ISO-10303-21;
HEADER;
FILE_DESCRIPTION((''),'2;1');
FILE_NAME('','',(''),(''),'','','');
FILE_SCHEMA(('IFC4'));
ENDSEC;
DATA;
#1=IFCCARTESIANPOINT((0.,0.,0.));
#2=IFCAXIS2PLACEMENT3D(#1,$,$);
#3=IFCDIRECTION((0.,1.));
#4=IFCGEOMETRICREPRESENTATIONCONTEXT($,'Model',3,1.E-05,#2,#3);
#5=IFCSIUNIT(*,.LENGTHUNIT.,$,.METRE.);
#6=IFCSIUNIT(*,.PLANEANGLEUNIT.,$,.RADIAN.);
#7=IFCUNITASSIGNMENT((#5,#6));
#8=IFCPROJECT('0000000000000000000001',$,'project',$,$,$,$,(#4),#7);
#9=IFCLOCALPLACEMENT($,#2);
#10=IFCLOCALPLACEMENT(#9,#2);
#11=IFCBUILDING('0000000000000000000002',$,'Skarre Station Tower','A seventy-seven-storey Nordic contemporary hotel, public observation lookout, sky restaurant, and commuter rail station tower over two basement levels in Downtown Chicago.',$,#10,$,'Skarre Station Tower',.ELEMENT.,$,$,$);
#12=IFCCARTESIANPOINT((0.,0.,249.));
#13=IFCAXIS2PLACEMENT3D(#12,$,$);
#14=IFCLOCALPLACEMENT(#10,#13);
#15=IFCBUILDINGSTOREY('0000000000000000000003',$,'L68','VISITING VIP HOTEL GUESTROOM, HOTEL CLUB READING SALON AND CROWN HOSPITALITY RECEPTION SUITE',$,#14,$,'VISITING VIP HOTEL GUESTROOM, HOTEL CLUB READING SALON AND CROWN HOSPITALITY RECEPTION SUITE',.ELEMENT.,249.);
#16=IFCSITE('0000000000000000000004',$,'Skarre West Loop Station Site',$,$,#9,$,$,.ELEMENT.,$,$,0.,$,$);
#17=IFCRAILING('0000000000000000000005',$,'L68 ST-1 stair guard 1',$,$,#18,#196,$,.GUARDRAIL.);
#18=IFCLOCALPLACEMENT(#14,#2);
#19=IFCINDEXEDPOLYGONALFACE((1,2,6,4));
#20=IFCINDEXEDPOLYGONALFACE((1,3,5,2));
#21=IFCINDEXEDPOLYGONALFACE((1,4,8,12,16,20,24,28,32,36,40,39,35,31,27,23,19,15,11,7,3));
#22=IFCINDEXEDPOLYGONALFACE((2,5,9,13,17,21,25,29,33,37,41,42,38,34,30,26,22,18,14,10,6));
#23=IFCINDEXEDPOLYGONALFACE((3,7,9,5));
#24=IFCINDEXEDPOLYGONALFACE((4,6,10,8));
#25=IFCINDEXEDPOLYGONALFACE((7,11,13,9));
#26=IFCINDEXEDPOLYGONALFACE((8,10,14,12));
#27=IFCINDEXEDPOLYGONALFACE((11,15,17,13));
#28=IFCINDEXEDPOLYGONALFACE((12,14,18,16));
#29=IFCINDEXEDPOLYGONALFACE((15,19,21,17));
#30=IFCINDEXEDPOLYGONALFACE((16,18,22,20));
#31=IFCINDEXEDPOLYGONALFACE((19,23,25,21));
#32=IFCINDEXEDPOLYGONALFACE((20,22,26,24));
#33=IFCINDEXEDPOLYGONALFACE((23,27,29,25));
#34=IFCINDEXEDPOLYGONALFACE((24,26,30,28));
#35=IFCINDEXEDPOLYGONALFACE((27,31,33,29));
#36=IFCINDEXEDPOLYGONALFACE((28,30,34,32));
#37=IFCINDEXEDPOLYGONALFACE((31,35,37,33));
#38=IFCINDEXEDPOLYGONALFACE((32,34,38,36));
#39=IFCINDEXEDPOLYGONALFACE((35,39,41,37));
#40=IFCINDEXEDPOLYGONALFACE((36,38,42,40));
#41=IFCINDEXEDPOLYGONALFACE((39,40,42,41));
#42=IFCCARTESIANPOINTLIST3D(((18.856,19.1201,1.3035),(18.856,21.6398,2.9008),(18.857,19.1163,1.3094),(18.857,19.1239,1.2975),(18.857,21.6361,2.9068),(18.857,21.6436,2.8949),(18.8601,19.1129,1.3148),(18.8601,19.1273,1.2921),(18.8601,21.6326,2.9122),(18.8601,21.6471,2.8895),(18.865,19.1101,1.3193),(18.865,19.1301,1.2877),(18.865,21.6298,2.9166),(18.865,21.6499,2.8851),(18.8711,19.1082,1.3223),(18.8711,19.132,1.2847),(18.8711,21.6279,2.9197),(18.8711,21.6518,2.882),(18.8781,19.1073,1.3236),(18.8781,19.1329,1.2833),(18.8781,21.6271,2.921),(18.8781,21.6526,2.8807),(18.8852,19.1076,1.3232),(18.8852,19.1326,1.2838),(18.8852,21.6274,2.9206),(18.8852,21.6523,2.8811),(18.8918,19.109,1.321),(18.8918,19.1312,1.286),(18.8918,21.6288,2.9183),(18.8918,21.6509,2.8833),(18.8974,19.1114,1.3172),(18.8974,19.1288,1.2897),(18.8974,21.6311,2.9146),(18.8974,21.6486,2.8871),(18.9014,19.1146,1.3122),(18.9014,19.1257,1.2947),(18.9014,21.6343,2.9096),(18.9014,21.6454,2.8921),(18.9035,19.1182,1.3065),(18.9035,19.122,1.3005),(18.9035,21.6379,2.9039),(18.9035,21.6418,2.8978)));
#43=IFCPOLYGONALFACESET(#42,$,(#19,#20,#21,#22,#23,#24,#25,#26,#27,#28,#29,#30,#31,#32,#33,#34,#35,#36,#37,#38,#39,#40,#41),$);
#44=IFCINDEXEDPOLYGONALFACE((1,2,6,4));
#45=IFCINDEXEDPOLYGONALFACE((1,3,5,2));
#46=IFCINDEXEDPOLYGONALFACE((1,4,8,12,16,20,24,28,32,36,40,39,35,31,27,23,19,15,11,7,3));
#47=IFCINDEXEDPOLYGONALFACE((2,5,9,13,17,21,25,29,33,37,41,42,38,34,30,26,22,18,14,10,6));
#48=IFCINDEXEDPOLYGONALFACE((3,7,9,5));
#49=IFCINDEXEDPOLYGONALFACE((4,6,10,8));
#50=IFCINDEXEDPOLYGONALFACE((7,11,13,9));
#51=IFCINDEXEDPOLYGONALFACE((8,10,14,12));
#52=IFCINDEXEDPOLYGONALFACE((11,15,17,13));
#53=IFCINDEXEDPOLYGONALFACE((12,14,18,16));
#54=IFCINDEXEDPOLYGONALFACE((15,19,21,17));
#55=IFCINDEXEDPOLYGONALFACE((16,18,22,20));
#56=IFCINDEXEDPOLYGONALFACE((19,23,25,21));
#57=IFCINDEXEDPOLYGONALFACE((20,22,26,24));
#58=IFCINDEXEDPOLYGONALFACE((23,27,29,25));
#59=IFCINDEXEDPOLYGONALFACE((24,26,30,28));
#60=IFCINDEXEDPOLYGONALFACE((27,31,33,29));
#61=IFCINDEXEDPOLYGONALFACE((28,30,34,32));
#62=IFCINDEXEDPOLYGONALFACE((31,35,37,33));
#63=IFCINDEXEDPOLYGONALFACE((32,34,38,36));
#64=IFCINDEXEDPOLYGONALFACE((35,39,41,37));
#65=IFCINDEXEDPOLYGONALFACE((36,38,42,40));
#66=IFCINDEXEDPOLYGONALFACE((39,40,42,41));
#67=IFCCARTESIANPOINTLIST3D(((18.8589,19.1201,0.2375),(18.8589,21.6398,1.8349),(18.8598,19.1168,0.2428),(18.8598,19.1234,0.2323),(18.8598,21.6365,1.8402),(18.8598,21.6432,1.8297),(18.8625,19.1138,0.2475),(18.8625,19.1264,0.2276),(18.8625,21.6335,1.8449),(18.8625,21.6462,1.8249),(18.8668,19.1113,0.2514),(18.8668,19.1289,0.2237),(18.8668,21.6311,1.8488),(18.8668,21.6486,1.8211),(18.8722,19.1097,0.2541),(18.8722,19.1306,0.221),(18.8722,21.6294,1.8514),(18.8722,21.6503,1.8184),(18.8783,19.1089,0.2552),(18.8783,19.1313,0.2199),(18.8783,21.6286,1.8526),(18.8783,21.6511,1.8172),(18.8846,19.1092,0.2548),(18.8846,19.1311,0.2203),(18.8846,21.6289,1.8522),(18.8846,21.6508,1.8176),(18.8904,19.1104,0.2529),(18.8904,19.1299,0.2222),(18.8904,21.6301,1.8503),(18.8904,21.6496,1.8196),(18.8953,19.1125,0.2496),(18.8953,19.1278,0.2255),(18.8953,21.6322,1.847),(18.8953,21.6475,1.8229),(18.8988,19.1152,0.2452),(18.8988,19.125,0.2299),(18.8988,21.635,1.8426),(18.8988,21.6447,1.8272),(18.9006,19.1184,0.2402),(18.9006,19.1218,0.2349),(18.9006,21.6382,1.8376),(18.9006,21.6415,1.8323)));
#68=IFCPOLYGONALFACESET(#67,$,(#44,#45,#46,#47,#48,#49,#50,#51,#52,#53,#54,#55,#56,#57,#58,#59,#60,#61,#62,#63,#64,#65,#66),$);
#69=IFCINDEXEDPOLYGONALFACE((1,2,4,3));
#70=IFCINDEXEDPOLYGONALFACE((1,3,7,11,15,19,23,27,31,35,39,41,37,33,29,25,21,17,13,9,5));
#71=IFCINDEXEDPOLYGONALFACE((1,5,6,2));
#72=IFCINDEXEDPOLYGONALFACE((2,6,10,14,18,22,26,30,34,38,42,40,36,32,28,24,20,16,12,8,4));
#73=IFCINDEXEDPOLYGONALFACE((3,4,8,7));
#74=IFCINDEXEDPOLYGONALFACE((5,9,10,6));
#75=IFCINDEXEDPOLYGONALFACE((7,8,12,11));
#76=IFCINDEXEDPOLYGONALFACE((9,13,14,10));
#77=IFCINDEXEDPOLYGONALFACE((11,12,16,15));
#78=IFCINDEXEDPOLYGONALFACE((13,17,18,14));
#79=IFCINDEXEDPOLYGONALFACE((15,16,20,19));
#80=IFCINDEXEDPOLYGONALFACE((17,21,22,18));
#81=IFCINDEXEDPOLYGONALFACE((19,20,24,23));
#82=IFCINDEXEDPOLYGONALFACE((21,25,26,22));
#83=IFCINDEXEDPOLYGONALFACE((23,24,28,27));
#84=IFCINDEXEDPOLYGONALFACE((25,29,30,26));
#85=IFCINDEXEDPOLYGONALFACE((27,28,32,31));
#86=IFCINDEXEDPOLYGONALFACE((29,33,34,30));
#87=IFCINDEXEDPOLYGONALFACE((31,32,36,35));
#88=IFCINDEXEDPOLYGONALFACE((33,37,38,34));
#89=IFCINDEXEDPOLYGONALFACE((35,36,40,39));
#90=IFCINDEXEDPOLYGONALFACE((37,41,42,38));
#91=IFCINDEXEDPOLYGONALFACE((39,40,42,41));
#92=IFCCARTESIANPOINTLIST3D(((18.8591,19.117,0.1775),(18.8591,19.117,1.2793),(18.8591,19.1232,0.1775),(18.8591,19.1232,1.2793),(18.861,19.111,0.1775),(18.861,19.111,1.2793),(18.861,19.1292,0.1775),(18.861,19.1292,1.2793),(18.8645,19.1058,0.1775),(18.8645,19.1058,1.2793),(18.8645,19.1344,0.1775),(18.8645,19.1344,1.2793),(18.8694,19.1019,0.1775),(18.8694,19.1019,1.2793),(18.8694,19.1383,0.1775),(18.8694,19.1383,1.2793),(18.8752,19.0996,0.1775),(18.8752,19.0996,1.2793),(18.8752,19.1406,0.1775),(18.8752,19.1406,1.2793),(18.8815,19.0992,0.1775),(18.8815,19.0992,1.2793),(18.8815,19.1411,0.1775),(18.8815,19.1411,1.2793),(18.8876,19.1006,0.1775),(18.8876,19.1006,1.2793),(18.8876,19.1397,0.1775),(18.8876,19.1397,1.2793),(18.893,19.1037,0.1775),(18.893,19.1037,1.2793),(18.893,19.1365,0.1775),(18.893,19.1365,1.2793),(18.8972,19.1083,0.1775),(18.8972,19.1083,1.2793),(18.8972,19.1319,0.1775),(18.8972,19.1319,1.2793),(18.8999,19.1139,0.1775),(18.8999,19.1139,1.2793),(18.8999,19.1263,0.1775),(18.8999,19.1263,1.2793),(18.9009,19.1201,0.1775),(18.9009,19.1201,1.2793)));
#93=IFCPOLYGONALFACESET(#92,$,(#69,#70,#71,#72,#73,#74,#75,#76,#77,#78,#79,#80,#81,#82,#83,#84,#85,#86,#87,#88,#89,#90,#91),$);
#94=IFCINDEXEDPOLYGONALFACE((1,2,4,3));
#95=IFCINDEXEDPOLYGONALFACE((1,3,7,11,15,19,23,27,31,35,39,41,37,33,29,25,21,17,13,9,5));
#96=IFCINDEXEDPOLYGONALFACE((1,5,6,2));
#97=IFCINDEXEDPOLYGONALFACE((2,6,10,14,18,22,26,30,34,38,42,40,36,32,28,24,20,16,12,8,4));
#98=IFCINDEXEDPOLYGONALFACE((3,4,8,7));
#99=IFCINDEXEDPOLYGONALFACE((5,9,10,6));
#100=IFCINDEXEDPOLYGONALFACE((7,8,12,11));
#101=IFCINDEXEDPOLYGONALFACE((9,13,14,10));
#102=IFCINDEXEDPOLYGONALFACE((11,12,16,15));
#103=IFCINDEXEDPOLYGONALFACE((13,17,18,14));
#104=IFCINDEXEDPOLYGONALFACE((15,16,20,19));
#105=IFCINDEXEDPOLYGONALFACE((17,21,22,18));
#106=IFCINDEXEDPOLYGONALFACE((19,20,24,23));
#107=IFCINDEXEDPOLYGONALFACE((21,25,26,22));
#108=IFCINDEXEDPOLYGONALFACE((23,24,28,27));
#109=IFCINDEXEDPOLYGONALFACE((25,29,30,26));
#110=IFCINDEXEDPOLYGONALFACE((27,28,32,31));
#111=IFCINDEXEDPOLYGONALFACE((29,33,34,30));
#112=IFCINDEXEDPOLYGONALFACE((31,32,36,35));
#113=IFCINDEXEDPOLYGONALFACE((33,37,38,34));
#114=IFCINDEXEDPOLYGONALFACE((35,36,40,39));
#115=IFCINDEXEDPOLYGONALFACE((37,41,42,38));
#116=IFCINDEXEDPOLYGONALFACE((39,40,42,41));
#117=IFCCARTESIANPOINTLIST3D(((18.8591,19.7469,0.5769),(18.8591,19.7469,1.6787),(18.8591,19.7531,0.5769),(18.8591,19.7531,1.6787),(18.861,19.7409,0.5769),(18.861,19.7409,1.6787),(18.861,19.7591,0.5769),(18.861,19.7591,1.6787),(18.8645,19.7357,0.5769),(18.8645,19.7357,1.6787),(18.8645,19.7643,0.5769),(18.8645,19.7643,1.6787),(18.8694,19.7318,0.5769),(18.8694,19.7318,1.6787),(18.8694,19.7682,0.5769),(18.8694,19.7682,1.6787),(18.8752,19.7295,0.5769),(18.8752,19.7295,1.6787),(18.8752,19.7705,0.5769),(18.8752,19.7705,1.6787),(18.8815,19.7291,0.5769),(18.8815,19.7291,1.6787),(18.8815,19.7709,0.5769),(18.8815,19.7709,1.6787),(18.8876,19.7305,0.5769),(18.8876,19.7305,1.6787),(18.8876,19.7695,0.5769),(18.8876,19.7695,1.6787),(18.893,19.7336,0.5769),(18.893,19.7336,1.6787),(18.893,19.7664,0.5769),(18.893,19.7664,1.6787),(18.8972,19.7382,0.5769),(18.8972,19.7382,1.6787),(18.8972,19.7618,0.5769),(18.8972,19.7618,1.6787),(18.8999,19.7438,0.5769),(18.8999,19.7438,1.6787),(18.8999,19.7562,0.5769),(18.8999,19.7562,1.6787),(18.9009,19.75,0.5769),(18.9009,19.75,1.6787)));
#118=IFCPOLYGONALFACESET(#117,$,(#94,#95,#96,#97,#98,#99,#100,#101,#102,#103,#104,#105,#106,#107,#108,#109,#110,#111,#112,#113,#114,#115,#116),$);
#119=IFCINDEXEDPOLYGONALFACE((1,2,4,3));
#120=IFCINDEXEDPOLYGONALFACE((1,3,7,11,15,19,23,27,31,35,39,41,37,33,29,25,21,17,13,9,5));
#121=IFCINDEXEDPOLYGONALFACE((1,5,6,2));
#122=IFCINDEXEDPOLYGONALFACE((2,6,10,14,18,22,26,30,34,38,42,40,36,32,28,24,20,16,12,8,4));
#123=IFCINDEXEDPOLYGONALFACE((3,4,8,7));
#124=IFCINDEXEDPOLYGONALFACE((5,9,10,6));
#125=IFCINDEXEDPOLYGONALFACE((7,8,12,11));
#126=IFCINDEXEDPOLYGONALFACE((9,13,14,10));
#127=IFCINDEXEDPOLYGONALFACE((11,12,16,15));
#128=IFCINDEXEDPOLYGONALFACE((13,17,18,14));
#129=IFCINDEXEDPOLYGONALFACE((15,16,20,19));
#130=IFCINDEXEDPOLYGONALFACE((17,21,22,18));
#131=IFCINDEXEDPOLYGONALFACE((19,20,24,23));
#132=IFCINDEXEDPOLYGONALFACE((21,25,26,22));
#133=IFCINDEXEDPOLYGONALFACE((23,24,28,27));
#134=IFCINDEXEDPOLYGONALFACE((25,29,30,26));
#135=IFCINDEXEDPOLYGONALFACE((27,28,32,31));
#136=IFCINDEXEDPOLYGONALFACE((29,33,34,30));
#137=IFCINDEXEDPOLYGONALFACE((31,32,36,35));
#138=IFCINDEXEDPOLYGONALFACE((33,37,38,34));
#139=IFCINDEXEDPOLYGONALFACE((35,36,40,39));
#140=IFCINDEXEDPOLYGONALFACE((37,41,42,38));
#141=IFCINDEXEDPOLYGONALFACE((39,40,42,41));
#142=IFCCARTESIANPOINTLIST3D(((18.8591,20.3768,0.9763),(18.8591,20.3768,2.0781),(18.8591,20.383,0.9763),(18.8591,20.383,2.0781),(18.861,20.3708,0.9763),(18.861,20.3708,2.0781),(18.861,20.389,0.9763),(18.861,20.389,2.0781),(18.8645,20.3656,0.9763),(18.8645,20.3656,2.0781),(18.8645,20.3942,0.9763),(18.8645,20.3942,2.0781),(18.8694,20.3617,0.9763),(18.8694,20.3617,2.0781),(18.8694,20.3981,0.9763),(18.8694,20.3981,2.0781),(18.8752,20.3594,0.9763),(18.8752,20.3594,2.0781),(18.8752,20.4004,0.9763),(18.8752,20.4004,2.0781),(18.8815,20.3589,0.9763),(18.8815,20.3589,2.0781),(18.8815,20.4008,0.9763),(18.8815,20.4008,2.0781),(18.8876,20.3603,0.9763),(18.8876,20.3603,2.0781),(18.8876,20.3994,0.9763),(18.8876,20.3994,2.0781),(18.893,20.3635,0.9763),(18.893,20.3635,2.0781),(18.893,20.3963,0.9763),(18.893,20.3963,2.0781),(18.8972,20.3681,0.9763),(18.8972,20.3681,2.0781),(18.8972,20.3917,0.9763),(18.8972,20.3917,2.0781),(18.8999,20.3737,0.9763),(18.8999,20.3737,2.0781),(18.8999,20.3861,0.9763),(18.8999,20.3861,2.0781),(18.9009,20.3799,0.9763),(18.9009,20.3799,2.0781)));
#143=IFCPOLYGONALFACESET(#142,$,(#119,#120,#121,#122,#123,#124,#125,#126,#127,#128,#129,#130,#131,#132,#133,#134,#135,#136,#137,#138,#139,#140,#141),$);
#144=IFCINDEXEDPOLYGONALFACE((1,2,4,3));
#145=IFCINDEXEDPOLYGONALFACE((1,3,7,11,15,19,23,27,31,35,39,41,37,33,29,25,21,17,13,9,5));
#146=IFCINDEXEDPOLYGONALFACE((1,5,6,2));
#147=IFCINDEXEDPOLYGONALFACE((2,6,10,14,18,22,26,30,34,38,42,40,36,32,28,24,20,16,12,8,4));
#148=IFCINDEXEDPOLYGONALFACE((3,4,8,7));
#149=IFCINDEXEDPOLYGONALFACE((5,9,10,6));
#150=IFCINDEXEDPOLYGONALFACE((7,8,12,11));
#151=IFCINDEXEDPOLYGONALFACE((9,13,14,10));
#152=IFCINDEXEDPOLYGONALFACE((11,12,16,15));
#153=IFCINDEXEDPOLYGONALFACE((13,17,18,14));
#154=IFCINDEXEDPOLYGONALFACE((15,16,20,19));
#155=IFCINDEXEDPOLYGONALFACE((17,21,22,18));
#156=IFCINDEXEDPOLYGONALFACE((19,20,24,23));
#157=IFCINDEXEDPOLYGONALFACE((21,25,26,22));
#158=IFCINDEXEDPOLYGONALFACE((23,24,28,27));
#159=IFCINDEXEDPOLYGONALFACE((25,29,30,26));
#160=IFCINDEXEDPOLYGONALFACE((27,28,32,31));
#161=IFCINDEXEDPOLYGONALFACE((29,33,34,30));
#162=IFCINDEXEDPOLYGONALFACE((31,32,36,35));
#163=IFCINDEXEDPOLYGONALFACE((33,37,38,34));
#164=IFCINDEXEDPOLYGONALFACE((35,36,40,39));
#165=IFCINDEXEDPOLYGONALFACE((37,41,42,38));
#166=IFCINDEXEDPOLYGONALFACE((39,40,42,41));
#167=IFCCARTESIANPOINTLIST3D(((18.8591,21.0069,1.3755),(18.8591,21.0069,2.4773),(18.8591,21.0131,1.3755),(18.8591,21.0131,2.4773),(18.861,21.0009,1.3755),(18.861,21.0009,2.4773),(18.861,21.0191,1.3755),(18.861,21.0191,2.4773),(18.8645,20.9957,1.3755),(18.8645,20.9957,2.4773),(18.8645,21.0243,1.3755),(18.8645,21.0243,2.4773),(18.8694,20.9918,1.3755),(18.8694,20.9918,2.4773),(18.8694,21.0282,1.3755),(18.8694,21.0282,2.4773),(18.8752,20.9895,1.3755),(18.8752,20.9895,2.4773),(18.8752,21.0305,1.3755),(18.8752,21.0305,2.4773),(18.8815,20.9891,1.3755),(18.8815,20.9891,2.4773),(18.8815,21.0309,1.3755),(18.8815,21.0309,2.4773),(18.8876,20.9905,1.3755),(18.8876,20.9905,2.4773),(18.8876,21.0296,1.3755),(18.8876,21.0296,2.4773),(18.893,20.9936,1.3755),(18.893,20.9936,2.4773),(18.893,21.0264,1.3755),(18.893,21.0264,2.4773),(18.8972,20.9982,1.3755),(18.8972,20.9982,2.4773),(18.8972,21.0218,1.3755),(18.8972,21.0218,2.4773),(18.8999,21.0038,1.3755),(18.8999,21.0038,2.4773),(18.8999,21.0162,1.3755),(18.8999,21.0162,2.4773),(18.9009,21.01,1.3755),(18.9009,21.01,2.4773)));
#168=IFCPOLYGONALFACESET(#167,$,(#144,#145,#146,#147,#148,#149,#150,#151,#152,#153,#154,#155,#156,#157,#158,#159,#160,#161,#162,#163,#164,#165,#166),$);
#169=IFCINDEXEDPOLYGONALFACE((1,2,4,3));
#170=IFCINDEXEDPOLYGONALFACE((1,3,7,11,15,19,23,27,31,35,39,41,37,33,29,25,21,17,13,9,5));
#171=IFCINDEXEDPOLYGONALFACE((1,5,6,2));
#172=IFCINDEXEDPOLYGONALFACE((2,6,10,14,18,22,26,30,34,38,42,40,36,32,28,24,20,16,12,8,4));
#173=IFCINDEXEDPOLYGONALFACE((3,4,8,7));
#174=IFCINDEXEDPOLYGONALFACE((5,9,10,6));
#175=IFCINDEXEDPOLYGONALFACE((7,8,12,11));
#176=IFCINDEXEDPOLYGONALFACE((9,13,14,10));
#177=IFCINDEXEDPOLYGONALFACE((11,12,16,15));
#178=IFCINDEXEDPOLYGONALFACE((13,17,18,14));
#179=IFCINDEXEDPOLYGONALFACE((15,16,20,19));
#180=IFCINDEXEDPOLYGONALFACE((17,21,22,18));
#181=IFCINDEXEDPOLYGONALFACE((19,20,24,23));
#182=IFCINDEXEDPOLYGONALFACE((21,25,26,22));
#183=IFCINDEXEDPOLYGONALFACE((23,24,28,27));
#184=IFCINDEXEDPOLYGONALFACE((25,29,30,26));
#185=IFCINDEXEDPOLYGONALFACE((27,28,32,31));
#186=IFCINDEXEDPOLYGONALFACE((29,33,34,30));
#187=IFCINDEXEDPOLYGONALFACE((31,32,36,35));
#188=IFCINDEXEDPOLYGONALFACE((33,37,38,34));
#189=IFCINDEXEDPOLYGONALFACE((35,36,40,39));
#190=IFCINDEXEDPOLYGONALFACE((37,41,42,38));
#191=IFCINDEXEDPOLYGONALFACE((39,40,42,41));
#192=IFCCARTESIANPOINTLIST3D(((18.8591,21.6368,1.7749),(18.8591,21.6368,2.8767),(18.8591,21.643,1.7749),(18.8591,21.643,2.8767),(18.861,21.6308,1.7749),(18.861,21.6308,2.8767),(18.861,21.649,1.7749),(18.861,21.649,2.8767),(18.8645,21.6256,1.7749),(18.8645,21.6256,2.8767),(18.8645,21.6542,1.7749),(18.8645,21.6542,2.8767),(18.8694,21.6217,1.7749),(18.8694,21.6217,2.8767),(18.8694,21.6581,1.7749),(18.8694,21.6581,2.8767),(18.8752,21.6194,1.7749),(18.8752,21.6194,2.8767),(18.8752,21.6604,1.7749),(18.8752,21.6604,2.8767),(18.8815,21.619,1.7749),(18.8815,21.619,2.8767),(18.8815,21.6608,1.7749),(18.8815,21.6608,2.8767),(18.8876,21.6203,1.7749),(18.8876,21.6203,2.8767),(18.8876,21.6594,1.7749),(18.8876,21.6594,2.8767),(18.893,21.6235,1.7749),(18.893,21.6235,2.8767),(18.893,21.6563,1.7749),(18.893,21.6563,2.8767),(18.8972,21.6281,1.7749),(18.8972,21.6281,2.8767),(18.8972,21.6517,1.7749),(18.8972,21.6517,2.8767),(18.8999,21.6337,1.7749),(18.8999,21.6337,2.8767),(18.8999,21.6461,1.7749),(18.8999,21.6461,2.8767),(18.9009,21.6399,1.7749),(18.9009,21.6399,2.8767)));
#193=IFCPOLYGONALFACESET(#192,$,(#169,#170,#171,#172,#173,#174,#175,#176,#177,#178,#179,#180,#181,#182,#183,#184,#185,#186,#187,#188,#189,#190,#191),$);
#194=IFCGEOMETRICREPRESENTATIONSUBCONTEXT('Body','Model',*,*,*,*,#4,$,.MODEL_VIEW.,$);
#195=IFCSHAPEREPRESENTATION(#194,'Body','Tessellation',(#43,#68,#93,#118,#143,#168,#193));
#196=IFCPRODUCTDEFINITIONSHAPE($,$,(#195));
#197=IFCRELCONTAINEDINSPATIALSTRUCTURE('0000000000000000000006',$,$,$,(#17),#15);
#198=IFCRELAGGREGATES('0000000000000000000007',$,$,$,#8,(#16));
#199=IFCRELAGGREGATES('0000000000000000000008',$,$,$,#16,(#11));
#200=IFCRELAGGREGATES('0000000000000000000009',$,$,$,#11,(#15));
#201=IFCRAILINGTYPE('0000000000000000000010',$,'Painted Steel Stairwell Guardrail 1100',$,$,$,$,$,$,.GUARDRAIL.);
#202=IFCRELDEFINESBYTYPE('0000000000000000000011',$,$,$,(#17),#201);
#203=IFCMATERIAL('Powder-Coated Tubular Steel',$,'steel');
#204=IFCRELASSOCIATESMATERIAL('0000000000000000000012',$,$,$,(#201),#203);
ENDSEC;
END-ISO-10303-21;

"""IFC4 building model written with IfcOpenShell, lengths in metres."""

from ifc_helpers import new_model, si_unit, direction, frame, origin, origin_2d, place, context, subcontext, project, spatial, circle, extrude, material, type_object, element, save


model = new_model("IFC4")

# Units and contexts
model_context = context("Model", 3, precision=1e-05, world=origin(), true_north=direction((0.0, 1.0)))
body_context = subcontext(model_context, "Body", "Model", "MODEL_VIEW")
ifc_project = project(units=[si_unit("LENGTHUNIT", "METRE"), si_unit("PLANEANGLEUNIT", "RADIAN")], contexts=[model_context])

# Site, building, storey
site_placement = place(None, origin())
site = spatial("IfcSite", under=ifc_project, at=site_placement, Name="Skarre West Loop Station Site", CompositionType="ELEMENT", RefElevation=0.0)
building_placement = place(site_placement, origin())
building = spatial("IfcBuilding", under=site, at=building_placement, Name="Skarre Station Tower", Description="A seventy-seven-storey Nordic contemporary hotel, public observation lookout, sky restaurant, and commuter rail station tower over two basement levels in Downtown Chicago.", LongName="Skarre Station Tower", CompositionType="ELEMENT")
storey_placement = place(building_placement, frame((0.0, 0.0, 249.0)))
storey = spatial("IfcBuildingStorey", under=building, at=storey_placement, Name="L68", Description="VISITING VIP HOTEL GUESTROOM, HOTEL CLUB READING SALON AND CROWN HOSPITALITY RECEPTION SUITE", LongName="VISITING VIP HOTEL GUESTROOM, HOTEL CLUB READING SALON AND CROWN HOSPITALITY RECEPTION SUITE", CompositionType="ELEMENT", Elevation=249.0)

# Railing
ifc_material_1 = material(Name="Powder-Coated Tubular Steel", Category="steel")
railing_type_1 = type_object("IfcRailingType", Name="Painted Steel Stairwell Guardrail 1100", PredefinedType="GUARDRAIL", material=ifc_material_1)
railing_1_placement = place(storey_placement, frame((18.8799, 19.1201, 0.1775)))
element("IfcRailing", 1, at=railing_1_placement, inside=storey, type_object=railing_type_1, Name="L68 ST-1 stair guard 1", PredefinedType="GUARDRAIL", context=body_context, shape_type="SweptSolid", body=[
    extrude(circle(Radius=0.0239, at=origin_2d()), frame((0.0, 0.0, 1.126), z_axis=(0.0, 0.844583, 0.535424), x_axis=(-1.0, 0.0, 0.0)), (0.0, 0.0, 1.0), 2.9834),
    extrude(circle(Radius=0.021, at=origin_2d()), frame((0.0, 0.0, 0.0601), z_axis=(0.0, 0.844583, 0.535424), x_axis=(-1.0, 0.0, 0.0)), (0.0, 0.0, 1.0), 2.9834),
    extrude(circle(Radius=0.021, at=origin_2d()), origin(), (0.0, 0.0, 1.0), 1.1018),
    extrude(circle(Radius=0.021, at=origin_2d()), frame((0.0, 0.6299, 0.3994)), (0.0, 0.0, 1.0), 1.1018),
    extrude(circle(Radius=0.021, at=origin_2d()), frame((0.0, 1.2598, 0.7988)), (0.0, 0.0, 1.0), 1.1018),
    extrude(circle(Radius=0.021, at=origin_2d()), frame((0.0, 1.8899, 1.198)), (0.0, 0.0, 1.0), 1.1018),
    extrude(circle(Radius=0.021, at=origin_2d()), frame((0.0, 2.5198, 1.5974)), (0.0, 0.0, 1.0), 1.1018),
])

save(model, "model.ifc")
